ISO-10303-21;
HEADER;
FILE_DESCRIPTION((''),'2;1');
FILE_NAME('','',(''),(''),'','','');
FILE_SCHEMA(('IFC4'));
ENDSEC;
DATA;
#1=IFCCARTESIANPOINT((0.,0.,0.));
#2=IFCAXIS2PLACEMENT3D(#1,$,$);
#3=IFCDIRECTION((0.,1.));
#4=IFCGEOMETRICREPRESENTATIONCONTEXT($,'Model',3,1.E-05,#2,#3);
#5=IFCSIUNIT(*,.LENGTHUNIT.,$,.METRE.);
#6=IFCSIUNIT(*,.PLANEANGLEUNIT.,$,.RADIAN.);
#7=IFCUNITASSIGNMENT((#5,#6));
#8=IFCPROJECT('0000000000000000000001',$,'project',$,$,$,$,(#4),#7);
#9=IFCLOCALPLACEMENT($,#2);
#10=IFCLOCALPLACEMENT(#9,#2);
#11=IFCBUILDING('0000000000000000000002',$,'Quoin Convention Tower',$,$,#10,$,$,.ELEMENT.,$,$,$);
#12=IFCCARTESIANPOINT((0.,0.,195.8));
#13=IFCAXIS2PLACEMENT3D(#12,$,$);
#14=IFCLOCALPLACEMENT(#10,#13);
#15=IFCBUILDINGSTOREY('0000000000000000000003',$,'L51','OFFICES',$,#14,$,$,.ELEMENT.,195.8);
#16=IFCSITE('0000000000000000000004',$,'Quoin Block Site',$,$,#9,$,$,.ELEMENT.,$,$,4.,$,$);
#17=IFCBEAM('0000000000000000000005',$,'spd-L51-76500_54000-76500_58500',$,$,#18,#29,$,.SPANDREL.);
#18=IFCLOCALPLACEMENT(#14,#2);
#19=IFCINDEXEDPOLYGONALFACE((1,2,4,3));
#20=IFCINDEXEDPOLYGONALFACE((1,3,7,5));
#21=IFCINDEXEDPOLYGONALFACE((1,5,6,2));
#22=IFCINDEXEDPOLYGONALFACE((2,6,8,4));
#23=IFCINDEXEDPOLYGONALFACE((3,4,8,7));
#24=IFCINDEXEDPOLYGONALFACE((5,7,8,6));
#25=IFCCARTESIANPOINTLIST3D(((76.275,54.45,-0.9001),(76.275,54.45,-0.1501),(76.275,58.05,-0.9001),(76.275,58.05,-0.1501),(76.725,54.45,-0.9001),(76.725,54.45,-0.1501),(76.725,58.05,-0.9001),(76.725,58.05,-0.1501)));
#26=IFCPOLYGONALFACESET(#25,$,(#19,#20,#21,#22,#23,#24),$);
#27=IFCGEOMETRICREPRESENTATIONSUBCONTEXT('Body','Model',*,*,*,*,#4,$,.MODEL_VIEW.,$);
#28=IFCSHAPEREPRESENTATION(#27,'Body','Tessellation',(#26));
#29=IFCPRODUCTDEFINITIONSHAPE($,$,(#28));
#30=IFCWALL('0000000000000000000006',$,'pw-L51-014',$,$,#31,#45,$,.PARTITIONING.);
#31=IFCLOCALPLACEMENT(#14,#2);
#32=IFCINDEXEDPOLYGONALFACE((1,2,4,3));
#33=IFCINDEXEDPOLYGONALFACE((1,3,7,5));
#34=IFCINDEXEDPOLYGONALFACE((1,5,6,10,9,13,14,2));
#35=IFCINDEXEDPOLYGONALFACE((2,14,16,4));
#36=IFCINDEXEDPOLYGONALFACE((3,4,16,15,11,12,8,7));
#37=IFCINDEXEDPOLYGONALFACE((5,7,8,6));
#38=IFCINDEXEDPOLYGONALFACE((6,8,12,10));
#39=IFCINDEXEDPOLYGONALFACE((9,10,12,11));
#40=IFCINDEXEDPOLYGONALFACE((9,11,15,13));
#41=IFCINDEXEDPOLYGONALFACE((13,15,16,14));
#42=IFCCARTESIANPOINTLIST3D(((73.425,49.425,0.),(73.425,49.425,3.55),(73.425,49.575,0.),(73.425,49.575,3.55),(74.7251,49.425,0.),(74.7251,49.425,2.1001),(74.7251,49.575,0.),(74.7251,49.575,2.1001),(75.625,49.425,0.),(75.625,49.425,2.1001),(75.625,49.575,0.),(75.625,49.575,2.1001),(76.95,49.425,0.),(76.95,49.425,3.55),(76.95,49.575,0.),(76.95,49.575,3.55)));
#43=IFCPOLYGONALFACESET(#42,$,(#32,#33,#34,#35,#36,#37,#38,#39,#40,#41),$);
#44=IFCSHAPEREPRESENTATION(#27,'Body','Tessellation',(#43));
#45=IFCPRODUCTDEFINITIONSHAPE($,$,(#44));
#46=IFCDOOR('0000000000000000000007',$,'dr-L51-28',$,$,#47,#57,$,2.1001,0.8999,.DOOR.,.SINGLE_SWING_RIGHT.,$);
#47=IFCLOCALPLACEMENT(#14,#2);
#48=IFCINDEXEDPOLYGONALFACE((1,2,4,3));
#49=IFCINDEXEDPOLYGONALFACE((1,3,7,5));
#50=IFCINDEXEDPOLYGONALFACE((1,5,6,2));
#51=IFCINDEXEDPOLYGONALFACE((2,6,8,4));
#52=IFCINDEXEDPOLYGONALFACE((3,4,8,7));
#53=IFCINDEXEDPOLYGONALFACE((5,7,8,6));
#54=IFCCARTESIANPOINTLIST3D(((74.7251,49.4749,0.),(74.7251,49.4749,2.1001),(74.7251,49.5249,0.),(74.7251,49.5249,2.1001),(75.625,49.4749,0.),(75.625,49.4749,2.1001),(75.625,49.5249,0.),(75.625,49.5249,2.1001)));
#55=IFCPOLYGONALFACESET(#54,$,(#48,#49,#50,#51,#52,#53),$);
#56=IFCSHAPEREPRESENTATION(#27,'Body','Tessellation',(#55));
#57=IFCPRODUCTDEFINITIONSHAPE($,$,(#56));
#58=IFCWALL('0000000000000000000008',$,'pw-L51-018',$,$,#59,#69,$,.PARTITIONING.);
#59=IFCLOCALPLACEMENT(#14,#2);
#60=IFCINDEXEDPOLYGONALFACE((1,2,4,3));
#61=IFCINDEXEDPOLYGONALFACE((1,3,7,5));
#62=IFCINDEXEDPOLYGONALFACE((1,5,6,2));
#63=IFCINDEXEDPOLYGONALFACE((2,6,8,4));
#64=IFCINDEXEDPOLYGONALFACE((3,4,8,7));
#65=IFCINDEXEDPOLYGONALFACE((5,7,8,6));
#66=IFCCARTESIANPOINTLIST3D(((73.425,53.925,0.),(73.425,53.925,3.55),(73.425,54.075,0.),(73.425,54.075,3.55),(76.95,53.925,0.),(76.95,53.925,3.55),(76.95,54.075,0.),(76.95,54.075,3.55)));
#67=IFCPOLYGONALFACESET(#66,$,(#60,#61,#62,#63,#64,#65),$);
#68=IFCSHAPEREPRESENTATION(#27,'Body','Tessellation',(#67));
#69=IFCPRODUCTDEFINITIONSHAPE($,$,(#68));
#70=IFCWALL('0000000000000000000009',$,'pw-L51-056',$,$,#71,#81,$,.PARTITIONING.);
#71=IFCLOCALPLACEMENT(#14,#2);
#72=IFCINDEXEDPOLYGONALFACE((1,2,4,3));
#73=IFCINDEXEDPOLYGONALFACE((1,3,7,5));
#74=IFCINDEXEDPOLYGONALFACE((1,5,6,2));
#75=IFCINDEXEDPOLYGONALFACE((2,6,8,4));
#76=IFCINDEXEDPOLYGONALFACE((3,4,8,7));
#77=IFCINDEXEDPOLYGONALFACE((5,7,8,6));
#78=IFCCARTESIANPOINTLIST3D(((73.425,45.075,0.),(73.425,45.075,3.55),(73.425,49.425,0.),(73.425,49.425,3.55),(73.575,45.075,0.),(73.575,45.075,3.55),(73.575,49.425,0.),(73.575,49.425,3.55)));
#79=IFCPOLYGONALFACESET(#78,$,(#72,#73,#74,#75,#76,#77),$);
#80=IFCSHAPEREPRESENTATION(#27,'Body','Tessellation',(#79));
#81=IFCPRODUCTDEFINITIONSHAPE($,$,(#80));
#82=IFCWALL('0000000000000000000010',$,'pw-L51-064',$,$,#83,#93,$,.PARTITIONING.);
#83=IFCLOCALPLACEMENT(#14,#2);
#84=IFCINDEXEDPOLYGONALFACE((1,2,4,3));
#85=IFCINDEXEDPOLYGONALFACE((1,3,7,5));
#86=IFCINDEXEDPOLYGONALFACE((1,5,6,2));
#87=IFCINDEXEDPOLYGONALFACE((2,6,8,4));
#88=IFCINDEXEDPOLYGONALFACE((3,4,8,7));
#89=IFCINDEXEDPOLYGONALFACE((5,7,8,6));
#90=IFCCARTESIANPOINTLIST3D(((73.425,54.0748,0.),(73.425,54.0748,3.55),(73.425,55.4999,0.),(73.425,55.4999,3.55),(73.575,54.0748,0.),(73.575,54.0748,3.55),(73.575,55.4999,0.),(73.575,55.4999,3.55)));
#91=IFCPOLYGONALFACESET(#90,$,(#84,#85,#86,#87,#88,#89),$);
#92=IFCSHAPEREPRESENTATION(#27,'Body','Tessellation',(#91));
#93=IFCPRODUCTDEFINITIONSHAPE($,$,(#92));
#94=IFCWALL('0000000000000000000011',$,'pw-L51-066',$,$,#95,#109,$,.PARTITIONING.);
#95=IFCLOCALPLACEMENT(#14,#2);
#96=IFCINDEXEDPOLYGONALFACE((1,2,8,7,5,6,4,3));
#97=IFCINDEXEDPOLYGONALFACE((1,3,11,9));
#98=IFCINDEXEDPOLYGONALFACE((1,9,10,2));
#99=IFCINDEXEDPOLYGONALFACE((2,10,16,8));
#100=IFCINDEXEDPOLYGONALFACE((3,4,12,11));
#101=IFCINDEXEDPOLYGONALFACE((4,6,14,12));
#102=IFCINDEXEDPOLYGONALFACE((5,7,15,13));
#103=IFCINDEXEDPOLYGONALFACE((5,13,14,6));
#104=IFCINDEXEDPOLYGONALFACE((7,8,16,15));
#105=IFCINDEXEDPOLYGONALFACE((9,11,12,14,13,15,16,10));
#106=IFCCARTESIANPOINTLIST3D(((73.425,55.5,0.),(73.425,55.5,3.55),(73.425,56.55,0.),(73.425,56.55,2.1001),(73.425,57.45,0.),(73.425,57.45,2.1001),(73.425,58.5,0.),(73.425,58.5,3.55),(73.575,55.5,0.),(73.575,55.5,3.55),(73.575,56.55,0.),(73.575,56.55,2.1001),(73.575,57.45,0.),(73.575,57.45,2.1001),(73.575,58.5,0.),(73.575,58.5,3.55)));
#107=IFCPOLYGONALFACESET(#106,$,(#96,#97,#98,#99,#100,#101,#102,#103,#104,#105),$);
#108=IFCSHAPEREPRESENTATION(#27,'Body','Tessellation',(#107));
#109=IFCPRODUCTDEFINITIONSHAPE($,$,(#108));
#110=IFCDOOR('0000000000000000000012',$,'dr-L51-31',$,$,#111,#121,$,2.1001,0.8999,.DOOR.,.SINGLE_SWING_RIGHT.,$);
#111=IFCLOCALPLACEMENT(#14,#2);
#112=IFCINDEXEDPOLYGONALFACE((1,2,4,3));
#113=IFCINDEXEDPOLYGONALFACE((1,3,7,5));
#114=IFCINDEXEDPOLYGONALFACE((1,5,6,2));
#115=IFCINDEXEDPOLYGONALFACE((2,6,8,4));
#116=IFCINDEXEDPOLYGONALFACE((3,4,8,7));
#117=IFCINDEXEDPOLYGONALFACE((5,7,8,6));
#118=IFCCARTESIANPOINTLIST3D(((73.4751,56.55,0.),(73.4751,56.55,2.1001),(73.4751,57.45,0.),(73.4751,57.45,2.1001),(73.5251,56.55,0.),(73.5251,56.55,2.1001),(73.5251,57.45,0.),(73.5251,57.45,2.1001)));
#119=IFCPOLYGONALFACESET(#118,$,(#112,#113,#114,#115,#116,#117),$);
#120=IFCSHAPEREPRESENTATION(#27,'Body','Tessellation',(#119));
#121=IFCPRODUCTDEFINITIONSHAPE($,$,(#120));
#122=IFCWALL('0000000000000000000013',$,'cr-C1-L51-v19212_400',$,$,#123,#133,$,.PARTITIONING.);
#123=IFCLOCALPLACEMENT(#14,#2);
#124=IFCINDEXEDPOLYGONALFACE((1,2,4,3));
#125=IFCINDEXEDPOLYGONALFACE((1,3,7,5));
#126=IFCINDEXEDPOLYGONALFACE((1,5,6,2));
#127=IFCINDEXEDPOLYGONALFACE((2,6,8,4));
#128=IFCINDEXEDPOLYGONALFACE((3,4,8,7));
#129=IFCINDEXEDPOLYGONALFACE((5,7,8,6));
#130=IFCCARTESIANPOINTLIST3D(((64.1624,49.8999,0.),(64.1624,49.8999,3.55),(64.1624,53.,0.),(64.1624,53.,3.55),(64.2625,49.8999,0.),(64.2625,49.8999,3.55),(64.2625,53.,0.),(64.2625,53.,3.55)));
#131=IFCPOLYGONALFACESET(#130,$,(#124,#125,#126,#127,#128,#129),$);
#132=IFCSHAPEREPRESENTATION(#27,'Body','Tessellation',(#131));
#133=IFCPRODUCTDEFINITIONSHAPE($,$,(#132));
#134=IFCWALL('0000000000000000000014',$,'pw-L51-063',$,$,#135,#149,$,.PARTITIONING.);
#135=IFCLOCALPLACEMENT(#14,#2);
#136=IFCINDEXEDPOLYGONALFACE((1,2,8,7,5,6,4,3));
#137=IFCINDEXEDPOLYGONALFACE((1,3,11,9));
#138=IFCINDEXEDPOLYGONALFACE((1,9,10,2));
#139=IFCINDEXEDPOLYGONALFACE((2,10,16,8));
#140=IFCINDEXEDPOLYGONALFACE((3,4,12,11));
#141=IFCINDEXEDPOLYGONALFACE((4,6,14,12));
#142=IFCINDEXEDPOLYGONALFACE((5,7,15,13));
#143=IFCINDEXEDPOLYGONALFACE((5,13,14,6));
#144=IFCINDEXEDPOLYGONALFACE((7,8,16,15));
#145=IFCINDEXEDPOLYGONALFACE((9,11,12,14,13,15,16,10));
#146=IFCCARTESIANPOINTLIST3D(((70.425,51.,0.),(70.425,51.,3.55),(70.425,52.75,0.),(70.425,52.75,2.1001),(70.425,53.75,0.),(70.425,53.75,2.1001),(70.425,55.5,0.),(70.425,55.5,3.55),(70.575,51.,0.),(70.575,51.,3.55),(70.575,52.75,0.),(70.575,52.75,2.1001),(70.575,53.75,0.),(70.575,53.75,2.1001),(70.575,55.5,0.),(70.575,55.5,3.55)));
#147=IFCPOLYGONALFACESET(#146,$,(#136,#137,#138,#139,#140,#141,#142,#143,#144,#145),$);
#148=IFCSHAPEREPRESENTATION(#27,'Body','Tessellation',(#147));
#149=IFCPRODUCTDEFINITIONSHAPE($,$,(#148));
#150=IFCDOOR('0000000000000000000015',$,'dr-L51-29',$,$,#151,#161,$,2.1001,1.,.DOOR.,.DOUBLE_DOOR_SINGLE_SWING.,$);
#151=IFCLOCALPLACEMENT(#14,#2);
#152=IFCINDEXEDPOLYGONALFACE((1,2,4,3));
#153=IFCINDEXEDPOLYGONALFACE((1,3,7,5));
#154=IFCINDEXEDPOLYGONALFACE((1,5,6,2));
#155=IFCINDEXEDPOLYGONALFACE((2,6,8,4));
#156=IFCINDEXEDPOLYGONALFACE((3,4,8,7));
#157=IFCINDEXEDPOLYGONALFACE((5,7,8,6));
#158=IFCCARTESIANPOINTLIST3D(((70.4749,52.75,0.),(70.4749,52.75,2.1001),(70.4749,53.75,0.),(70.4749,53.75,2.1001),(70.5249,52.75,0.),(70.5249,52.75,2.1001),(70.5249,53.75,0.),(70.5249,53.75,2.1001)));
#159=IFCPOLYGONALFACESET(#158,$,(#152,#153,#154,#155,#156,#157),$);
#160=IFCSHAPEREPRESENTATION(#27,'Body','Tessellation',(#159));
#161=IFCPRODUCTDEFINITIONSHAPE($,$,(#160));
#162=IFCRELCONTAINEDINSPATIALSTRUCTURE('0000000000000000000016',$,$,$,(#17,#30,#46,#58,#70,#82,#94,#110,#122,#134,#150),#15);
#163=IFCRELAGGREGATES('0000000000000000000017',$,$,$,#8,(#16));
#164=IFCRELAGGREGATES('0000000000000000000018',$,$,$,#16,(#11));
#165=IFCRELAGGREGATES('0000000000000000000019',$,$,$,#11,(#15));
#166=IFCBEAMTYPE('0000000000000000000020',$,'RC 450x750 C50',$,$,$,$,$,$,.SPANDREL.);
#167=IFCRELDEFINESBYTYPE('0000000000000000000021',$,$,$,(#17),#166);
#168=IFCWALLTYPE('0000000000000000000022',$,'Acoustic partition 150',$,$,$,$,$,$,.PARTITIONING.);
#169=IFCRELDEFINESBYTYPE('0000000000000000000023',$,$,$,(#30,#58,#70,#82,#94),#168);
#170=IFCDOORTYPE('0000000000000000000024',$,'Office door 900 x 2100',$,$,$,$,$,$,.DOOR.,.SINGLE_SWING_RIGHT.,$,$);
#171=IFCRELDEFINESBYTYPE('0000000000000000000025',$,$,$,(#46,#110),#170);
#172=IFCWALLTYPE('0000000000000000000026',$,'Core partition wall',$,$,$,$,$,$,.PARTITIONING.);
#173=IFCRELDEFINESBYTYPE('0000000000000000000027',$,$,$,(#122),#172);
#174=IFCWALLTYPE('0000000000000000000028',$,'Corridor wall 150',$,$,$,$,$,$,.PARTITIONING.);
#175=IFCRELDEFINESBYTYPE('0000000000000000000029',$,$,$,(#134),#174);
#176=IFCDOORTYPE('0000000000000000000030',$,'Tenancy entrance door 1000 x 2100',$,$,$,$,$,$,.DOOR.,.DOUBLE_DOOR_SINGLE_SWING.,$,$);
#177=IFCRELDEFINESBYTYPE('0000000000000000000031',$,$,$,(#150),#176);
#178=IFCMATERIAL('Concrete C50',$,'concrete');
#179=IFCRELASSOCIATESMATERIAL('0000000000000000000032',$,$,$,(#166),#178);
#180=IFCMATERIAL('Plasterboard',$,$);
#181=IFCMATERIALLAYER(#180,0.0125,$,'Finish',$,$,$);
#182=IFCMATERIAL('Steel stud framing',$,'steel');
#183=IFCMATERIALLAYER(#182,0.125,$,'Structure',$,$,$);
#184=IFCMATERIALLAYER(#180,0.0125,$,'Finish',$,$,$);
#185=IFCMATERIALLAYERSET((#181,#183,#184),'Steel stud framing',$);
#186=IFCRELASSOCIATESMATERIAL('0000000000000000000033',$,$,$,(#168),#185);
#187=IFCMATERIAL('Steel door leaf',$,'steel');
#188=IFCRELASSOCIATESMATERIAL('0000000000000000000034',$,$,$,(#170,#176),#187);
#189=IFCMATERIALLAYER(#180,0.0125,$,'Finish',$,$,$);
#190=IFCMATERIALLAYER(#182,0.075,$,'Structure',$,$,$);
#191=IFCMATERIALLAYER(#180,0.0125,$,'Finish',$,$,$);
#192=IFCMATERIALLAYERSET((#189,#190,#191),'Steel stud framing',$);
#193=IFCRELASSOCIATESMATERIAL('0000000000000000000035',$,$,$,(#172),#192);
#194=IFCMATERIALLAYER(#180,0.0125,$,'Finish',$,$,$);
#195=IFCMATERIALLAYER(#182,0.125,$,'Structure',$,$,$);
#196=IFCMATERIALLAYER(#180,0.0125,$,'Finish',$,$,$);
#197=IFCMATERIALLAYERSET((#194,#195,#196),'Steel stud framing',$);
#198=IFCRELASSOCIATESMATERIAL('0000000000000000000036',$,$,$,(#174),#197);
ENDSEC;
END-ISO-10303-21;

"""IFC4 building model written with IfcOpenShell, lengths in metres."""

from ifc_helpers import new_model, si_unit, direction, frame, frame_2d, origin, origin_2d, place, context, subcontext, project, spatial, rectangle, extrude, material, layer, layer_set, material_profile, profile_set, type_object, element, fill, save


model = new_model("IFC4")

# Units and contexts
model_context = context("Model", 3, precision=1e-05, world=origin(), true_north=direction((0.0, 1.0)))
body_context = subcontext(model_context, "Body", "Model", "MODEL_VIEW")
ifc_project = project(units=[si_unit("LENGTHUNIT", "METRE"), si_unit("PLANEANGLEUNIT", "RADIAN")], contexts=[model_context])

# Site, building, storey
site_placement = place(None, origin())
site = spatial("IfcSite", under=ifc_project, at=site_placement, Name="Quoin Block Site", CompositionType="ELEMENT", RefElevation=4.0)
building_placement = place(site_placement, origin())
building = spatial("IfcBuilding", under=site, at=building_placement, Name="Quoin Convention Tower", CompositionType="ELEMENT")
storey_placement = place(building_placement, frame((0.0, 0.0, 195.8)))
storey = spatial("IfcBuildingStorey", under=building, at=storey_placement, Name="L51", Description="OFFICES", CompositionType="ELEMENT", Elevation=195.8)

# Shared definitions
ifc_material_1 = material(Name="Concrete C50", Category="concrete")

# Beam
ifc_material_profile_1 = material_profile(ifc_material_1, rectangle(XDim=0.45, YDim=0.75, at=origin_2d()), Name="RC 450x750")
ifc_profile_set_1 = profile_set([ifc_material_profile_1], Name="Concrete C50")
beam_type_1 = type_object("IfcBeamType", Name="RC 450x750 C50", PredefinedType="SPANDREL", material=ifc_profile_set_1)
for number, where, z_axis, x_axis, name in (
    (1, (76.5, 54.45, -0.5251), (0.0, 1.0, 0.0), (-1.0, 0.0, 0.0), "spd-L51-76500_54000-76500_58500"),
):
    element("IfcBeam", number, at=place(storey_placement, frame(where, z_axis=z_axis, x_axis=x_axis)), inside=storey, type_object=beam_type_1, Name=name, PredefinedType="SPANDREL", context=body_context, shape_type="SweptSolid", body=[
        extrude(rectangle(XDim=0.45, YDim=0.75, at=origin_2d()), origin(), (0.0, 0.0, 1.0), 3.6001),
    ])

# Wall, opening, door
ifc_material_2 = material(Name="Plasterboard")
ifc_layer_1 = layer(ifc_material_2, 0.0125, Name="Finish")
ifc_material_3 = material(Name="Steel stud framing", Category="steel")
ifc_layer_2 = layer(ifc_material_3, 0.125, Name="Structure")
ifc_layer_3 = layer(ifc_material_2, 0.0125, Name="Finish")
ifc_layer_set_1 = layer_set([ifc_layer_1, ifc_layer_2, ifc_layer_3], Name="Steel stud framing")
wall_type_1 = type_object("IfcWallType", Name="Acoustic partition 150", PredefinedType="PARTITIONING", material=ifc_layer_set_1)
wall_1_placement = place(storey_placement, frame((73.425, 49.5, 0.0), z_axis=(0.0, 0.0, 1.0), x_axis=(1.0, 0.0, 0.0)))
wall_1 = element("IfcWall", 2, at=wall_1_placement, inside=storey, type_object=wall_type_1, Name="pw-L51-014", PredefinedType="PARTITIONING", context=body_context, shape_type="SweptSolid", body=[
    extrude(rectangle(XDim=3.5249, YDim=0.1499, at=frame_2d((1.7625, 0.0))), origin(), (0.0, 0.0, 1.0), 3.55),
])
opening_1_placement = place(wall_1_placement, frame((1.3, 0.0, 0.0)))
opening_1 = element("IfcOpeningElement", 3, at=opening_1_placement, cuts=wall_1, PredefinedType="OPENING", context=body_context, shape_type="SweptSolid", body=[
    extrude(rectangle(XDim=0.8999, YDim=2.1001, at=frame_2d((0.45, 1.05))), frame((0.0, 0.085, 0.0), z_axis=(0.0, -1.0, 0.0), x_axis=(1.0, 0.0, 0.0)), (0.0, 0.0, 1.0), 0.1699),
])
ifc_material_4 = material(Name="Steel door leaf", Category="steel")
door_type_1 = type_object("IfcDoorType", Name="Office door 900 x 2100", OperationType="SINGLE_SWING_RIGHT", PredefinedType="DOOR", material=ifc_material_4)
door_1_placement = place(opening_1_placement, origin())
door_1 = element("IfcDoor", 4, at=door_1_placement, inside=storey, type_object=door_type_1, Name="dr-L51-28", OperationType="SINGLE_SWING_RIGHT", OverallHeight=2.1001, OverallWidth=0.8999, PredefinedType="DOOR", context=body_context, shape_type="SweptSolid", body=[
    extrude(rectangle(XDim=0.8999, YDim=2.1001, at=frame_2d((0.45, 1.05))), frame((0.0, 0.0249, 0.0), z_axis=(0.0, -1.0, 0.0), x_axis=(1.0, 0.0, 0.0)), (0.0, 0.0, 1.0), 0.05),
])
fill(opening_1, door_1)

# Walls
wall_2_placement = place(storey_placement, frame((73.425, 54.0, 0.0), z_axis=(0.0, 0.0, 1.0), x_axis=(1.0, 0.0, 0.0)))
element("IfcWall", 5, at=wall_2_placement, inside=storey, type_object=wall_type_1, Name="pw-L51-018", PredefinedType="PARTITIONING", context=body_context, shape_type="SweptSolid", body=[
    extrude(rectangle(XDim=3.5249, YDim=0.1499, at=frame_2d((1.7625, 0.0))), origin(), (0.0, 0.0, 1.0), 3.55),
])
wall_3_placement = place(storey_placement, frame((73.5, 45.075, 0.0), z_axis=(0.0, 0.0, 1.0), x_axis=(0.0, 1.0, 0.0)))
element("IfcWall", 6, at=wall_3_placement, inside=storey, type_object=wall_type_1, Name="pw-L51-056", PredefinedType="PARTITIONING", context=body_context, shape_type="SweptSolid", body=[
    extrude(rectangle(XDim=4.3501, YDim=0.1499, at=frame_2d((2.175, 0.0))), origin(), (0.0, 0.0, 1.0), 3.55),
])
wall_4_placement = place(storey_placement, frame((73.5, 54.075, 0.0), z_axis=(0.0, 0.0, 1.0), x_axis=(0.0, 1.0, 0.0)))
element("IfcWall", 7, at=wall_4_placement, inside=storey, type_object=wall_type_1, Name="pw-L51-064", PredefinedType="PARTITIONING", context=body_context, shape_type="SweptSolid", body=[
    extrude(rectangle(XDim=1.425, YDim=0.1499, at=frame_2d((0.7124, 0.0))), origin(), (0.0, 0.0, 1.0), 3.55),
])

# Wall, opening, door
wall_5_placement = place(storey_placement, frame((73.5, 55.5, 0.0), z_axis=(0.0, 0.0, 1.0), x_axis=(0.0, 1.0, 0.0)))
wall_5 = element("IfcWall", 8, at=wall_5_placement, inside=storey, type_object=wall_type_1, Name="pw-L51-066", PredefinedType="PARTITIONING", context=body_context, shape_type="SweptSolid", body=[
    extrude(rectangle(XDim=3.0, YDim=0.1499, at=frame_2d((1.5, 0.0))), origin(), (0.0, 0.0, 1.0), 3.55),
])
opening_2_placement = place(wall_5_placement, frame((1.05, 0.0, 0.0)))
opening_2 = element("IfcOpeningElement", 9, at=opening_2_placement, cuts=wall_5, PredefinedType="OPENING", context=body_context, shape_type="SweptSolid", body=[
    extrude(rectangle(XDim=0.8999, YDim=2.1001, at=frame_2d((0.45, 1.05))), frame((0.0, 0.085, 0.0), z_axis=(0.0, -1.0, 0.0), x_axis=(1.0, 0.0, 0.0)), (0.0, 0.0, 1.0), 0.1699),
])
door_2_placement = place(opening_2_placement, origin())
door_2 = element("IfcDoor", 10, at=door_2_placement, inside=storey, type_object=door_type_1, Name="dr-L51-31", OperationType="SINGLE_SWING_RIGHT", OverallHeight=2.1001, OverallWidth=0.8999, PredefinedType="DOOR", context=body_context, shape_type="SweptSolid", body=[
    extrude(rectangle(XDim=0.8999, YDim=2.1001, at=frame_2d((0.45, 1.05))), frame((0.0, 0.0249, 0.0), z_axis=(0.0, -1.0, 0.0), x_axis=(1.0, 0.0, 0.0)), (0.0, 0.0, 1.0), 0.05),
])
fill(opening_2, door_2)

# Wall
ifc_layer_4 = layer(ifc_material_2, 0.0125, Name="Finish")
ifc_layer_5 = layer(ifc_material_3, 0.075, Name="Structure")
ifc_layer_6 = layer(ifc_material_2, 0.0125, Name="Finish")
ifc_layer_set_2 = layer_set([ifc_layer_4, ifc_layer_5, ifc_layer_6], Name="Steel stud framing")
wall_type_2 = type_object("IfcWallType", Name="Core partition wall", PredefinedType="PARTITIONING", material=ifc_layer_set_2)
wall_6_placement = place(storey_placement, frame((64.2124, 49.8999, 0.0), z_axis=(0.0, 0.0, 1.0), x_axis=(0.0, 1.0, 0.0)))
element("IfcWall", 11, at=wall_6_placement, inside=storey, type_object=wall_type_2, Name="cr-C1-L51-v19212_400", PredefinedType="PARTITIONING", context=body_context, shape_type="SweptSolid", body=[
    extrude(rectangle(XDim=3.1001, YDim=0.1001, at=frame_2d((1.55, 0.0))), origin(), (0.0, 0.0, 1.0), 3.55),
])

# Wall, opening, door
ifc_layer_7 = layer(ifc_material_2, 0.0125, Name="Finish")
ifc_layer_8 = layer(ifc_material_3, 0.125, Name="Structure")
ifc_layer_9 = layer(ifc_material_2, 0.0125, Name="Finish")
ifc_layer_set_3 = layer_set([ifc_layer_7, ifc_layer_8, ifc_layer_9], Name="Steel stud framing")
wall_type_3 = type_object("IfcWallType", Name="Corridor wall 150", PredefinedType="PARTITIONING", material=ifc_layer_set_3)
wall_7_placement = place(storey_placement, frame((70.5, 51.0, 0.0), z_axis=(0.0, 0.0, 1.0), x_axis=(0.0, 1.0, 0.0)))
wall_7 = element("IfcWall", 12, at=wall_7_placement, inside=storey, type_object=wall_type_3, Name="pw-L51-063", PredefinedType="PARTITIONING", context=body_context, shape_type="SweptSolid", body=[
    extrude(rectangle(XDim=4.5, YDim=0.1499, at=frame_2d((2.25, 0.0))), origin(), (0.0, 0.0, 1.0), 3.55),
])
opening_3_placement = place(wall_7_placement, frame((1.75, 0.0, 0.0)))
opening_3 = element("IfcOpeningElement", 13, at=opening_3_placement, cuts=wall_7, PredefinedType="OPENING", context=body_context, shape_type="SweptSolid", body=[
    extrude(rectangle(XDim=1.0, YDim=2.1001, at=frame_2d((0.5, 1.05))), frame((0.0, 0.085, 0.0), z_axis=(0.0, -1.0, 0.0), x_axis=(1.0, 0.0, 0.0)), (0.0, 0.0, 1.0), 0.1699),
])
door_type_2 = type_object("IfcDoorType", Name="Tenancy entrance door 1000 x 2100", OperationType="DOUBLE_DOOR_SINGLE_SWING", PredefinedType="DOOR", material=ifc_material_4)
door_3_placement = place(opening_3_placement, frame((1.0, 0.0, 0.0), z_axis=(0.0, 0.0, 1.0), x_axis=(-1.0, 0.0, 0.0)))
door_3 = element("IfcDoor", 14, at=door_3_placement, inside=storey, type_object=door_type_2, Name="dr-L51-29", OperationType="DOUBLE_DOOR_SINGLE_SWING", OverallHeight=2.1001, OverallWidth=1.0, PredefinedType="DOOR", context=body_context, shape_type="SweptSolid", body=[
    extrude(rectangle(XDim=1.0, YDim=2.1001, at=frame_2d((0.5, 1.05))), frame((0.0, 0.0249, 0.0), z_axis=(0.0, -1.0, 0.0), x_axis=(1.0, 0.0, 0.0)), (0.0, 0.0, 1.0), 0.05),
])
fill(opening_3, door_3)

save(model, "model.ifc")
